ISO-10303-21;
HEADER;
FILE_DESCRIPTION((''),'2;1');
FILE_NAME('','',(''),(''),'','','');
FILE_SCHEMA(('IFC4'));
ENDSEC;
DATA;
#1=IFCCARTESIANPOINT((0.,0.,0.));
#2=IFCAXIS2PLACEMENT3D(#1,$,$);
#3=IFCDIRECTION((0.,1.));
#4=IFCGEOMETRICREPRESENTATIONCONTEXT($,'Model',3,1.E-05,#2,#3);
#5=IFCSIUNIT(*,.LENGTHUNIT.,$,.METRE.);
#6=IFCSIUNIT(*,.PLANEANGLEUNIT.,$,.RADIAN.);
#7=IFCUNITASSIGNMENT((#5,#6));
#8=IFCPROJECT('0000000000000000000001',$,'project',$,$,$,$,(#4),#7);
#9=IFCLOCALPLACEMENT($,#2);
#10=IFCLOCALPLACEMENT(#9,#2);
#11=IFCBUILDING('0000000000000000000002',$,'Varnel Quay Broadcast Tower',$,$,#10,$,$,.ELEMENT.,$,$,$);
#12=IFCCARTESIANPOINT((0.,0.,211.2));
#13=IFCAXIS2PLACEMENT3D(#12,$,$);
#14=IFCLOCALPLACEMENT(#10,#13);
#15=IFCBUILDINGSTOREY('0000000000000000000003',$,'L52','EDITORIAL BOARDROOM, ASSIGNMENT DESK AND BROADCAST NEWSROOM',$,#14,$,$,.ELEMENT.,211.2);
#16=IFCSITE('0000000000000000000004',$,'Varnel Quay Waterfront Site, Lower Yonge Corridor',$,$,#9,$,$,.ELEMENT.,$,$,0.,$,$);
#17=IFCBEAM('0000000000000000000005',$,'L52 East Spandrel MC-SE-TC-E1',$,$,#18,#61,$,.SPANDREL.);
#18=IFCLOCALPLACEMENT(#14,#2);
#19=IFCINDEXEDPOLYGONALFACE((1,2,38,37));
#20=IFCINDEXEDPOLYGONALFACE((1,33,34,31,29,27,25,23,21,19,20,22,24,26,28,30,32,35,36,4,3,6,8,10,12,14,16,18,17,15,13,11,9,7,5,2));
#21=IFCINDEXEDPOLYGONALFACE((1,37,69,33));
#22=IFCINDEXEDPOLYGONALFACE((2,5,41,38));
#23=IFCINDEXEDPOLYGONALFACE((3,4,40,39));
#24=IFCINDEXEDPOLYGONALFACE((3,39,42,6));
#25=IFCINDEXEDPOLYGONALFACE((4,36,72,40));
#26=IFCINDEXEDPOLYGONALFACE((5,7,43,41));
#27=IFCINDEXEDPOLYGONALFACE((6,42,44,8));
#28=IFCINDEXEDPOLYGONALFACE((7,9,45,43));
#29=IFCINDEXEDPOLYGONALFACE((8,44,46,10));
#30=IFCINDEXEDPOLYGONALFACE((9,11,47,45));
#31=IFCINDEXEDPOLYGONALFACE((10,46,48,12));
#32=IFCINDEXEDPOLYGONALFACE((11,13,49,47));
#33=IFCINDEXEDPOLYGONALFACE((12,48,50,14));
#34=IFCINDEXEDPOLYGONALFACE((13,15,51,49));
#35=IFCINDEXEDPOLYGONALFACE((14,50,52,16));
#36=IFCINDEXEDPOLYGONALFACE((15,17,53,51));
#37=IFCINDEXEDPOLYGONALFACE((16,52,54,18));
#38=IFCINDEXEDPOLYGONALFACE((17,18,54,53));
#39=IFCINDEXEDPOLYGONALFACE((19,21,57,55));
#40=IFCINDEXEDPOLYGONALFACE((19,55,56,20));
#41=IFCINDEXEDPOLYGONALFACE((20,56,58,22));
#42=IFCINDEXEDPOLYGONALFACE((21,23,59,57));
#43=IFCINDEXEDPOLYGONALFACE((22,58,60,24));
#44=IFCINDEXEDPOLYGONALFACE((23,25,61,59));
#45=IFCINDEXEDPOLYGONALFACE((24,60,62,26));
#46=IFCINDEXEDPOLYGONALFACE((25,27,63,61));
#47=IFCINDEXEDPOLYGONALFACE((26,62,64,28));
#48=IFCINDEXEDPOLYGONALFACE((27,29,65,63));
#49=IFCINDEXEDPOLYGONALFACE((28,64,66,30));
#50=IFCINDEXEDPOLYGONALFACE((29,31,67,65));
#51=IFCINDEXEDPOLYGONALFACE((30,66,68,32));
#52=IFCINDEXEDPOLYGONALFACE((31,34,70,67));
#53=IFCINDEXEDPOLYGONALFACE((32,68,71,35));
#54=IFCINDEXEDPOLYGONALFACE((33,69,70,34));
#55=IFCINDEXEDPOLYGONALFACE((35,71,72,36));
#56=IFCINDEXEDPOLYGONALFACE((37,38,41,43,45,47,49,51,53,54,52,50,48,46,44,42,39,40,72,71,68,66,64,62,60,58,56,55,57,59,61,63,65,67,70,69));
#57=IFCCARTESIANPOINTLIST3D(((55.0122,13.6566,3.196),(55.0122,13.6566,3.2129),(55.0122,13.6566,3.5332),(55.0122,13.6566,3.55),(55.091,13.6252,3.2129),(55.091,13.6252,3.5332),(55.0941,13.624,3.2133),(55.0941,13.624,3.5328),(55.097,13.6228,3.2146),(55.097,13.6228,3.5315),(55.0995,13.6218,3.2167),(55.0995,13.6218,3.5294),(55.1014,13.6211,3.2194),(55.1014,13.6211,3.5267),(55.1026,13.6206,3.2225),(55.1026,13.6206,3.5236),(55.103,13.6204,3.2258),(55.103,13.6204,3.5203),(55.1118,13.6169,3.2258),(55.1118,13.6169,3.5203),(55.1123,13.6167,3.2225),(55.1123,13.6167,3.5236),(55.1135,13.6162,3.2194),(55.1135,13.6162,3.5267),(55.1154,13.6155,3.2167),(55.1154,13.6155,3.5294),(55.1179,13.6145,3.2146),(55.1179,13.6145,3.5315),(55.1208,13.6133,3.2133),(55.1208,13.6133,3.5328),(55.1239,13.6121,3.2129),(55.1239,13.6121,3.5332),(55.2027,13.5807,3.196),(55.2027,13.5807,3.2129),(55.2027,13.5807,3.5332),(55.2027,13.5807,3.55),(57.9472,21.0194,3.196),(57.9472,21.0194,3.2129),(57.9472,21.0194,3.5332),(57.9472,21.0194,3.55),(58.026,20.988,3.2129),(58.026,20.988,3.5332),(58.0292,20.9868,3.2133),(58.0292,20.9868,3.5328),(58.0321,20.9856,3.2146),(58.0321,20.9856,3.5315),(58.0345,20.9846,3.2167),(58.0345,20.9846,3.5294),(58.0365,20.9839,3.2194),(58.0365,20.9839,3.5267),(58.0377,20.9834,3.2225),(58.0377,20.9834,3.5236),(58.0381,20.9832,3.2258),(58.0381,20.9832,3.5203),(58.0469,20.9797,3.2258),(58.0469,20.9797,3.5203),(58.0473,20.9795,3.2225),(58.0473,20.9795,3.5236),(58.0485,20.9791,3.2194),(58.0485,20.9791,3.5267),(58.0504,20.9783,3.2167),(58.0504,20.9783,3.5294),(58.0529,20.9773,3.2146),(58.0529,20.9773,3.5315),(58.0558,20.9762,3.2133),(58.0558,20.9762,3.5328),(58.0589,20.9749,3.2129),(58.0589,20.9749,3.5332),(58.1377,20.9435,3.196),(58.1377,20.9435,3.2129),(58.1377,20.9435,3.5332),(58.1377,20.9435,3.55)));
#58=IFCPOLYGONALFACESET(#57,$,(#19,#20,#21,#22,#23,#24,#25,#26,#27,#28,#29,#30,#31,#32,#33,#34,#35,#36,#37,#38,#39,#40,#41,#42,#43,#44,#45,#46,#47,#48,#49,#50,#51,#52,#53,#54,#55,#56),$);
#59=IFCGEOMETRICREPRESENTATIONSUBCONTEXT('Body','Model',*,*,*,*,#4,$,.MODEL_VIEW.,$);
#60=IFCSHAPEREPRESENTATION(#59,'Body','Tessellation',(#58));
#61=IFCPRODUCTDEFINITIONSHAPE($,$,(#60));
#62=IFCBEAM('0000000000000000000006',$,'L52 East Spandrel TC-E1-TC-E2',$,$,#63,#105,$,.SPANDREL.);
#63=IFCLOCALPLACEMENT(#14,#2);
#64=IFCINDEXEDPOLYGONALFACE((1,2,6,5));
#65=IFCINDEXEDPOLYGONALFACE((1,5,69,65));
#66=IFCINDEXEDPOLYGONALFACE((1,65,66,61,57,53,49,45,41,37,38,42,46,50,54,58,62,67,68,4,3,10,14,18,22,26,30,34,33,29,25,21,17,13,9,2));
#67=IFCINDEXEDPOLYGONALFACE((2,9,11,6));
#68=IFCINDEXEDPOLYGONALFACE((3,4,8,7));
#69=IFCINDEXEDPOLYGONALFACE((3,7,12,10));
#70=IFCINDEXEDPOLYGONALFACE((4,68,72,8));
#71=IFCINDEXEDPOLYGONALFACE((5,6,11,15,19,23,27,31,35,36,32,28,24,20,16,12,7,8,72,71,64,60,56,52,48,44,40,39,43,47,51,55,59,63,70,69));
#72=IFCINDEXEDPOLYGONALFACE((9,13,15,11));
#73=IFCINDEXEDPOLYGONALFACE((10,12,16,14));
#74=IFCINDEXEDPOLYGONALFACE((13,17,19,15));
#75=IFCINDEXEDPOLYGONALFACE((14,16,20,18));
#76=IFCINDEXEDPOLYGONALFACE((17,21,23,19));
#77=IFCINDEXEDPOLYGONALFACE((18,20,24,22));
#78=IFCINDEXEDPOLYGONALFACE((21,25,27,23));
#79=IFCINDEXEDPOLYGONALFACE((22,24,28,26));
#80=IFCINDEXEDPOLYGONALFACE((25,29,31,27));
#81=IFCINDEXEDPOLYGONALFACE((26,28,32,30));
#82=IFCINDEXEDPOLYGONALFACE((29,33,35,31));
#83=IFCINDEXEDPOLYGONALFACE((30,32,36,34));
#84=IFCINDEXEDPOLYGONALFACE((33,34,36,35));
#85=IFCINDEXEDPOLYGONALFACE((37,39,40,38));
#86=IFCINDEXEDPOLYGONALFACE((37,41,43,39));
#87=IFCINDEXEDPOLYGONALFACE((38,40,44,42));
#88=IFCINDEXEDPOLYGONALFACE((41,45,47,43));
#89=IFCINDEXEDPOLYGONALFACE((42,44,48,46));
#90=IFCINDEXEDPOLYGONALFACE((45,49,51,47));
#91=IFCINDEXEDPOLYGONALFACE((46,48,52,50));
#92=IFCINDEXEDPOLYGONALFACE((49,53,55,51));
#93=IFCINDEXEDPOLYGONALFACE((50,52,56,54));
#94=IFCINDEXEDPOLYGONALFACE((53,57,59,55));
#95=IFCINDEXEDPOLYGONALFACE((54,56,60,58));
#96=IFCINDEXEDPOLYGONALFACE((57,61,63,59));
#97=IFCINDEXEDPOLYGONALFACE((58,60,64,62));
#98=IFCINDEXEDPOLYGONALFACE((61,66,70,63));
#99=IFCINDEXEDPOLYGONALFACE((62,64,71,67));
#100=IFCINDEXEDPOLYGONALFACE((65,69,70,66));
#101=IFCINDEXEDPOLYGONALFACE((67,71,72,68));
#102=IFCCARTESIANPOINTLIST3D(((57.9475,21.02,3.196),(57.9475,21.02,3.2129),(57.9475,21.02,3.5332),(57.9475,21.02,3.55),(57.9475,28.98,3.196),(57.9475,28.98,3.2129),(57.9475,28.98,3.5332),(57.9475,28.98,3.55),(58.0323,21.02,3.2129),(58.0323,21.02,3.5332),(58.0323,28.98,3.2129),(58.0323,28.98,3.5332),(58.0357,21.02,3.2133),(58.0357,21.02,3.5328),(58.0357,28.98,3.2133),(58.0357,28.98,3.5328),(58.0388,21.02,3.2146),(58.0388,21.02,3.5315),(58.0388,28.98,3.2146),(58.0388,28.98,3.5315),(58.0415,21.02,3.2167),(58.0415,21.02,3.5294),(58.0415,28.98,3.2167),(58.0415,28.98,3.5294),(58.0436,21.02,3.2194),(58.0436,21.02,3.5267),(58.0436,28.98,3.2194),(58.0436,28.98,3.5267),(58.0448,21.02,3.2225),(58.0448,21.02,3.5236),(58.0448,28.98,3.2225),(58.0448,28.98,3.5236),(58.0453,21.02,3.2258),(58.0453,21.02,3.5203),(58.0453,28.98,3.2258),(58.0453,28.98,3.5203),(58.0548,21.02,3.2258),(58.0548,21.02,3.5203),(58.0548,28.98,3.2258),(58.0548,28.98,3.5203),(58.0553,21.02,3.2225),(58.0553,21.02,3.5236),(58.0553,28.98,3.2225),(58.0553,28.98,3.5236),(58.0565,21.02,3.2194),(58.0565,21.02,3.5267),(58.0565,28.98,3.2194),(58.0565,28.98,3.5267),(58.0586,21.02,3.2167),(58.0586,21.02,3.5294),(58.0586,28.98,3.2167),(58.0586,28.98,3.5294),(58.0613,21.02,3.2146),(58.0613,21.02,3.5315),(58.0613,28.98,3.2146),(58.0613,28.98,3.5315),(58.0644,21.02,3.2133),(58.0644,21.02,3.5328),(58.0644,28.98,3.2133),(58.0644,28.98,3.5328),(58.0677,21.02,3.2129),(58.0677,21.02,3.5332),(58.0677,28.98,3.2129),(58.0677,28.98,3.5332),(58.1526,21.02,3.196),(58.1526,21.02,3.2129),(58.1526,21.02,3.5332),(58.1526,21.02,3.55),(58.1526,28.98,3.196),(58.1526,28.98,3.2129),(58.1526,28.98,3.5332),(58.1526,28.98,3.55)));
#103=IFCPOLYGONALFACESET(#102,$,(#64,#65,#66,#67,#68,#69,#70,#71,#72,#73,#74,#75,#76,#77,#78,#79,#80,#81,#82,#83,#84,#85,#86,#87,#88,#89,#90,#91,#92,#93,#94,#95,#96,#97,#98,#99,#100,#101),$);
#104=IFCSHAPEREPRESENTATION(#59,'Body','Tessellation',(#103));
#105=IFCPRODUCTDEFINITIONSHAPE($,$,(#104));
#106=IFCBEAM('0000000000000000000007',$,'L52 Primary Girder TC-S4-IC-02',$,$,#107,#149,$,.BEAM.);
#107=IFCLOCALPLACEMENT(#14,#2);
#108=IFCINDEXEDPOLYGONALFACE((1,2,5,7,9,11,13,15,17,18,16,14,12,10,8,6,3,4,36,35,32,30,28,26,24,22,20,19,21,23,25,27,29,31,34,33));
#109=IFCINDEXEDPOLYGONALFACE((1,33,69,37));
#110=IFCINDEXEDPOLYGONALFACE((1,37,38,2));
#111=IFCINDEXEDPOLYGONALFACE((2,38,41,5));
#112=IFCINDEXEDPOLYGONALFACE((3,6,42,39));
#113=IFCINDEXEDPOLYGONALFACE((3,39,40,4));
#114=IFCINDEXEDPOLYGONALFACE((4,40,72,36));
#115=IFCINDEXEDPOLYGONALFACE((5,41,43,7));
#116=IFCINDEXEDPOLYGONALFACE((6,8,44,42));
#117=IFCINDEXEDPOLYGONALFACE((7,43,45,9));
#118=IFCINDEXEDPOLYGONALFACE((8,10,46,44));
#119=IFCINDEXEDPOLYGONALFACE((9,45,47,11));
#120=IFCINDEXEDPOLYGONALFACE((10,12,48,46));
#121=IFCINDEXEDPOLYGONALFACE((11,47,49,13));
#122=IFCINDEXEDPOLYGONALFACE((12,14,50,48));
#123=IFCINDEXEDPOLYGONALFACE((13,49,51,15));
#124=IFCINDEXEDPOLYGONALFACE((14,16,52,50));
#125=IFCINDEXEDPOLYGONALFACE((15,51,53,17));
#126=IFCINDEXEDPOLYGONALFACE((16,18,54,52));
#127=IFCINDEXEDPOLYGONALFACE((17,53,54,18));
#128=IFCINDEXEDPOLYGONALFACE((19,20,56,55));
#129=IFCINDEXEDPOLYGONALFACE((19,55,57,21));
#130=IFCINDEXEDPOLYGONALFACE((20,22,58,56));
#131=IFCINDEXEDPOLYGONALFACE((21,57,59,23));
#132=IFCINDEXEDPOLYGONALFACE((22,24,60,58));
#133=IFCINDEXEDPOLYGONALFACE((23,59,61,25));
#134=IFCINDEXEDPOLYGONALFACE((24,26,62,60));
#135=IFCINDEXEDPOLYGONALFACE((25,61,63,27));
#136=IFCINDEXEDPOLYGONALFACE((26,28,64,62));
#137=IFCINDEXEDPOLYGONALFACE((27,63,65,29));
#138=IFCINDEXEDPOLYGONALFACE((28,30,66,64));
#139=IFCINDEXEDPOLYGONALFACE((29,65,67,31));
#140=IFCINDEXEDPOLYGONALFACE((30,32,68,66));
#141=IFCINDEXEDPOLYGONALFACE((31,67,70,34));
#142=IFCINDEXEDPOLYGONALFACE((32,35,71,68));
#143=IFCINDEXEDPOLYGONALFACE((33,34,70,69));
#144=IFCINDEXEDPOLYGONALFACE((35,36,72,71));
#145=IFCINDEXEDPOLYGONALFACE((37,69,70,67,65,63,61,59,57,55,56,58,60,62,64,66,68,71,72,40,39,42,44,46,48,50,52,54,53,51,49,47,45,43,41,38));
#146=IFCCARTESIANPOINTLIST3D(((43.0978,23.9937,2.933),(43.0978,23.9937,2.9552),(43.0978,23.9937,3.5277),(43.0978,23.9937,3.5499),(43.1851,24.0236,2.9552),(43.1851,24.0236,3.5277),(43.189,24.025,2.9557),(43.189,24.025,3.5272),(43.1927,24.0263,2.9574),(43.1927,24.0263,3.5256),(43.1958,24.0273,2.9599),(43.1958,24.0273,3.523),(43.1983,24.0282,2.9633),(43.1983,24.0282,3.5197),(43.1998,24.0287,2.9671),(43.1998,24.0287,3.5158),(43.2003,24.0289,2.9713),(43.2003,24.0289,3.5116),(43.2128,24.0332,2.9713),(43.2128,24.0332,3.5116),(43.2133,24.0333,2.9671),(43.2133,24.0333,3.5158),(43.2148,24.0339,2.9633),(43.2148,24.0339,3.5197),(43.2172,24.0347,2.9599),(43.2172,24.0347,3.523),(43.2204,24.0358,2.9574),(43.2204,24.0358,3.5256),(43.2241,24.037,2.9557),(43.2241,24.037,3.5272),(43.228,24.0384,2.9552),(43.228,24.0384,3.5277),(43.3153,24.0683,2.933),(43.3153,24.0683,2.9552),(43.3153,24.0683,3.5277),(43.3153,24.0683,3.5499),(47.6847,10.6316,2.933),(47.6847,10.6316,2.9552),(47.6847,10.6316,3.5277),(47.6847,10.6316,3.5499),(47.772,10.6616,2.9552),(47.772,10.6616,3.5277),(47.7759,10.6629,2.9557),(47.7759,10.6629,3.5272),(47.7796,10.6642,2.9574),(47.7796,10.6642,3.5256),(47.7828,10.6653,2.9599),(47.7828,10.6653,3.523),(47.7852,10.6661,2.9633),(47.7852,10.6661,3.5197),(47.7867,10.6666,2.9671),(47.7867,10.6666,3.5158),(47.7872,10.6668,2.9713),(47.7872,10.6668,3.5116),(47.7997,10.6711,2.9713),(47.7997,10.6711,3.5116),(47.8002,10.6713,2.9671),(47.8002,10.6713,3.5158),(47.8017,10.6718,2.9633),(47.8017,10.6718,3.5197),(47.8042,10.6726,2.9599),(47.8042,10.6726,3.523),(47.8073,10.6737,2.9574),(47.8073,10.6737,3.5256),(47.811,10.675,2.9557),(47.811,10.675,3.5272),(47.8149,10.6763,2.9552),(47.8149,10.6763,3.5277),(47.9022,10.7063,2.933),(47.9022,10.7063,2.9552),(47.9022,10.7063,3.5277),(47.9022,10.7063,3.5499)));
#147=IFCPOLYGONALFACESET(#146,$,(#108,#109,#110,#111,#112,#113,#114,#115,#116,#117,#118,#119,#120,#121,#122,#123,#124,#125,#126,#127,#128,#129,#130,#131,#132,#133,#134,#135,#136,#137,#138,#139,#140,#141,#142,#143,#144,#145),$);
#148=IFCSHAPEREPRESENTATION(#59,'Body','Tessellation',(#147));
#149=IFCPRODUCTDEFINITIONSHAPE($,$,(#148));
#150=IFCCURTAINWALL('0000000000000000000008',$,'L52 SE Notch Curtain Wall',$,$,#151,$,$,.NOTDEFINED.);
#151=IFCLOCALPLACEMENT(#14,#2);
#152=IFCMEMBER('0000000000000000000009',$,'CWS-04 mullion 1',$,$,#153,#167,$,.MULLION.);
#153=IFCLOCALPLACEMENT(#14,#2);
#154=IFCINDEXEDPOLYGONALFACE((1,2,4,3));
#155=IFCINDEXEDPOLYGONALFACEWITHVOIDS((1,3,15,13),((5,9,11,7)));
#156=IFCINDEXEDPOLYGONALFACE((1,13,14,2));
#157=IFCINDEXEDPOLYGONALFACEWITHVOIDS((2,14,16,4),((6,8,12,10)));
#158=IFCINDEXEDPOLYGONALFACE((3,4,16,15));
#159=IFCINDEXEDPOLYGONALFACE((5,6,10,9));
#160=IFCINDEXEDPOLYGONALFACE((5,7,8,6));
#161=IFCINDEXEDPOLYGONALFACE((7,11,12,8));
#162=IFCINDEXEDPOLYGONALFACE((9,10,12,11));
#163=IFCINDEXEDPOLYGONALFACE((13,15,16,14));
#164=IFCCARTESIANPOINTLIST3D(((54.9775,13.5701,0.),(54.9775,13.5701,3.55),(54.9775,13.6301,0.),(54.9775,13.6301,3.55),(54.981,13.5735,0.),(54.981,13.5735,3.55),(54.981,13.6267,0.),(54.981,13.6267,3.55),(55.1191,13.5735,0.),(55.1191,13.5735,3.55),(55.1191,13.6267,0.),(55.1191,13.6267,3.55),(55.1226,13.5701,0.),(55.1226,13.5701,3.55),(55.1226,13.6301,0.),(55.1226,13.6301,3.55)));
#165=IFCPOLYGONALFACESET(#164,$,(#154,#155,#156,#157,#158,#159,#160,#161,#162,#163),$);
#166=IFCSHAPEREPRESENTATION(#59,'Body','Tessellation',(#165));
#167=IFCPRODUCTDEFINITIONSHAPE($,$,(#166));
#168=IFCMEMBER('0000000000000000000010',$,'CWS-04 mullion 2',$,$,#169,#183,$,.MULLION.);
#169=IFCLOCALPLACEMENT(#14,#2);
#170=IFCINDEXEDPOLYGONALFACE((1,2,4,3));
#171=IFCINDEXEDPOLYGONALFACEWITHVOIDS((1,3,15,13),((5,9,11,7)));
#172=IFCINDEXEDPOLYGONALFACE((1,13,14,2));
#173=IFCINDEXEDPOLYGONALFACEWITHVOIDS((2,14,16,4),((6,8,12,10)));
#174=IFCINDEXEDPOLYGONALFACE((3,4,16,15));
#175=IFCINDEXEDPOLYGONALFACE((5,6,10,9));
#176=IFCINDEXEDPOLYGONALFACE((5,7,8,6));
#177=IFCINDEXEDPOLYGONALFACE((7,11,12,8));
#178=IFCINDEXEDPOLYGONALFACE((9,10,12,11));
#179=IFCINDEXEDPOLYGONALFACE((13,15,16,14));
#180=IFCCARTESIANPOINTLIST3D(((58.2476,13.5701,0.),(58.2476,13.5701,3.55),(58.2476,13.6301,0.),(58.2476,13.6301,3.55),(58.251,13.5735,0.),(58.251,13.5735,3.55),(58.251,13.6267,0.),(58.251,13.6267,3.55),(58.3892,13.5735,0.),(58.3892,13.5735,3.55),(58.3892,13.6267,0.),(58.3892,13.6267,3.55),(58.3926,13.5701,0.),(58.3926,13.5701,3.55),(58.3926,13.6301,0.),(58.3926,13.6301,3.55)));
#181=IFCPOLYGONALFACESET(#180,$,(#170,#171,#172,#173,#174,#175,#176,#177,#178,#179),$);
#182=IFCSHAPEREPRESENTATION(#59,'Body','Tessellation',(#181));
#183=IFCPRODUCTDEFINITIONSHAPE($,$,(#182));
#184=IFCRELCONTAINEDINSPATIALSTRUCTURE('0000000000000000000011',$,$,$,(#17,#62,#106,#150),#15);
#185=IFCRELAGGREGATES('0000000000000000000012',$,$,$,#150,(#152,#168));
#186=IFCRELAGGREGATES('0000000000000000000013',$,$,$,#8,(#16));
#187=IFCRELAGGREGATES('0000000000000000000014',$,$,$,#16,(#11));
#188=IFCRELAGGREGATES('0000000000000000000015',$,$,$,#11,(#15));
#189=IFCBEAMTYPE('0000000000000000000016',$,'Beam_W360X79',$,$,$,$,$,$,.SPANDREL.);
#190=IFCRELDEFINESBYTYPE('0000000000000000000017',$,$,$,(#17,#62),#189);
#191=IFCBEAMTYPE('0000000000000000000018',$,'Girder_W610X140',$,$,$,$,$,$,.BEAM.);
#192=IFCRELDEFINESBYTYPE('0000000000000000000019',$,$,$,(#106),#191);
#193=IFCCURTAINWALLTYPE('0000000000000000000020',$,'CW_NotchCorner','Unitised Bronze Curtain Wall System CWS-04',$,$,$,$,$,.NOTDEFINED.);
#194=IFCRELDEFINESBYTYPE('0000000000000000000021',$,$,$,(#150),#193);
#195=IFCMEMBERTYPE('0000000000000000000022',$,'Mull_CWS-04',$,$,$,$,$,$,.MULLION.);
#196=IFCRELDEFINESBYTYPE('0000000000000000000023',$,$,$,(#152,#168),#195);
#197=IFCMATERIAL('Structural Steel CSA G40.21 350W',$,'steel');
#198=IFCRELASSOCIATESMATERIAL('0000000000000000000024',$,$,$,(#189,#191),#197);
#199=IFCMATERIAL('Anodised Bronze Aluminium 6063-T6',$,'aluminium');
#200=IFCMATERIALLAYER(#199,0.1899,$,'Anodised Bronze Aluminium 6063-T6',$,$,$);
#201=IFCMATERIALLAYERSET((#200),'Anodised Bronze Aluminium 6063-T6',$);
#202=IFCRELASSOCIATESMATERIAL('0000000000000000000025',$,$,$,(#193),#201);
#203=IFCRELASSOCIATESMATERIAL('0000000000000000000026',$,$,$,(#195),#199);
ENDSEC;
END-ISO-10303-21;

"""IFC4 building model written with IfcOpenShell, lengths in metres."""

from ifc_helpers import new_model, si_unit, direction, frame, origin, origin_2d, place, context, subcontext, project, spatial, hollow_rectangle, i_section, extrude, source, transform, mapped, material, layer, layer_set, material_profile, profile_set, type_object, type_shapes, element, aggregate, save


model = new_model("IFC4")

# Units and contexts
model_context = context("Model", 3, precision=1e-05, world=origin(), true_north=direction((0.0, 1.0)))
body_context = subcontext(model_context, "Body", "Model", "MODEL_VIEW")
ifc_project = project(units=[si_unit("LENGTHUNIT", "METRE"), si_unit("PLANEANGLEUNIT", "RADIAN")], contexts=[model_context])

# Site, building, storey
site_placement = place(None, origin())
site = spatial("IfcSite", under=ifc_project, at=site_placement, Name="Varnel Quay Waterfront Site, Lower Yonge Corridor", CompositionType="ELEMENT", RefElevation=0.0)
building_placement = place(site_placement, origin())
building = spatial("IfcBuilding", under=site, at=building_placement, Name="Varnel Quay Broadcast Tower", CompositionType="ELEMENT")
storey_placement = place(building_placement, frame((0.0, 0.0, 211.2)))
storey = spatial("IfcBuildingStorey", under=building, at=storey_placement, Name="L52", Description="EDITORIAL BOARDROOM, ASSIGNMENT DESK AND BROADCAST NEWSROOM", CompositionType="ELEMENT", Elevation=211.2)

# Shared definitions
ifc_material_1 = material(Name="Structural Steel CSA G40.21 350W", Category="steel")

# Beams
ifc_material_profile_1 = material_profile(ifc_material_1, i_section(OverallWidth=0.2051, OverallDepth=0.354, WebThickness=0.0095, FlangeThickness=0.0168, FilletRadius=0.0129, at=origin_2d()), Name="W360X79")
ifc_profile_set_1 = profile_set([ifc_material_profile_1], Name="Structural Steel CSA G40.21 350W")
beam_type_1 = type_object("IfcBeamType", Name="Beam_W360X79", PredefinedType="SPANDREL", material=ifc_profile_set_1)
shared_shape_1 = source(origin(), body_context, "Body", "SweptSolid", [
    extrude(i_section(OverallWidth=0.2051, OverallDepth=0.354, WebThickness=0.0095, FlangeThickness=0.0168, FilletRadius=0.0129, at=origin_2d()), origin(), (0.0, 0.0, 1.0), 7.9263),
])
beam_1_placement = place(storey_placement, frame((55.1074, 13.6187, 3.373), z_axis=(0.370296, 0.928914, 0.0), x_axis=(-0.928914, 0.370296, 0.0)))
element("IfcBeam", 1, at=beam_1_placement, inside=storey, type_object=beam_type_1, Name="L52 East Spandrel MC-SE-TC-E1", PredefinedType="SPANDREL", context=body_context, shape_type="MappedRepresentation", body=[
    mapped(shared_shape_1, transform((0.0, 0.0, 0.0), x_axis=(1.0, 0.0, 0.0), y_axis=(0.0, 1.0, 0.0), z_axis=(0.0, 0.0, 1.0), scale=1.0)),
])
shared_shape_2 = source(origin(), body_context, "Body", "SweptSolid", [
    extrude(i_section(OverallWidth=0.2051, OverallDepth=0.354, WebThickness=0.0095, FlangeThickness=0.0168, FilletRadius=0.0129, at=origin_2d()), origin(), (0.0, 0.0, 1.0), 7.96),
])
beam_2_placement = place(storey_placement, frame((58.05, 21.02, 3.373), z_axis=(0.0, 1.0, 0.0), x_axis=(-1.0, 0.0, 0.0)))
element("IfcBeam", 2, at=beam_2_placement, inside=storey, type_object=beam_type_1, Name="L52 East Spandrel TC-E1-TC-E2", PredefinedType="SPANDREL", context=body_context, shape_type="MappedRepresentation", body=[
    mapped(shared_shape_2, transform((0.0, 0.0, 0.0), x_axis=(1.0, 0.0, 0.0), y_axis=(0.0, 1.0, 0.0), z_axis=(0.0, 0.0, 1.0), scale=1.0)),
])
ifc_material_profile_2 = material_profile(ifc_material_1, i_section(OverallWidth=0.23, OverallDepth=0.6169, WebThickness=0.0132, FlangeThickness=0.0222, FilletRadius=0.0161, at=origin_2d()), Name="W610X140")
ifc_profile_set_2 = profile_set([ifc_material_profile_2], Name="Structural Steel CSA G40.21 350W")
beam_type_2 = type_object("IfcBeamType", Name="Girder_W610X140", PredefinedType="BEAM", material=ifc_profile_set_2)
shared_shape_3 = source(origin(), body_context, "Body", "SweptSolid", [
    extrude(i_section(OverallWidth=0.23, OverallDepth=0.6169, WebThickness=0.0132, FlangeThickness=0.0222, FilletRadius=0.0161, at=origin_2d()), origin(), (0.0, 0.0, 1.0), 14.1274),
])
type_shapes(beam_type_2, [shared_shape_3])
beam_3_placement = place(storey_placement, frame((47.7935, 10.6689, 3.2415), z_axis=(-0.324681, 0.945823, 0.0), x_axis=(-0.945823, -0.324681, 0.0)))
element("IfcBeam", 3, at=beam_3_placement, inside=storey, type_object=beam_type_2, Name="L52 Primary Girder TC-S4-IC-02", PredefinedType="BEAM", context=body_context, shape_type="MappedRepresentation", body=[
    mapped(shared_shape_3, transform((0.0, 0.0, 0.0), x_axis=(1.0, 0.0, 0.0), y_axis=(0.0, 1.0, 0.0), z_axis=(0.0, 0.0, 1.0), scale=1.0)),
])

# Curtain wall, members
ifc_material_2 = material(Name="Anodised Bronze Aluminium 6063-T6", Category="aluminium")
ifc_layer_1 = layer(ifc_material_2, 0.1899, Name="Anodised Bronze Aluminium 6063-T6")
ifc_layer_set_1 = layer_set([ifc_layer_1], Name="Anodised Bronze Aluminium 6063-T6")
curtain_wall_type_1 = type_object("IfcCurtainWallType", Name="CW_NotchCorner", Description="Unitised Bronze Curtain Wall System CWS-04", PredefinedType="NOTDEFINED", material=ifc_layer_set_1)
curtain_wall_1_placement = place(storey_placement, origin())
curtain_wall_1 = element("IfcCurtainWall", 4, at=curtain_wall_1_placement, inside=storey, type_object=curtain_wall_type_1, Name="L52 SE Notch Curtain Wall", PredefinedType="NOTDEFINED")
ifc_material_profile_3 = material_profile(ifc_material_2, hollow_rectangle(XDim=0.0601, YDim=0.145, WallThickness=0.0034, at=origin_2d()), Name="ALU60X145X3.5")
ifc_profile_set_3 = profile_set([ifc_material_profile_3], Name="Anodised Bronze Aluminium 6063-T6")
member_type_1 = type_object("IfcMemberType", Name="Mull_CWS-04", PredefinedType="MULLION", material=ifc_profile_set_3)
shared_shape_4 = source(origin(), body_context, "Body", "SweptSolid", [
    extrude(hollow_rectangle(XDim=0.0601, YDim=0.145, WallThickness=0.0034, at=origin_2d()), origin(), (0.0, 0.0, 1.0), 3.55),
])
type_shapes(member_type_1, [shared_shape_4])
member_1_placement = place(storey_placement, frame((55.05, 13.6001, 0.0), z_axis=(0.0, 0.0, 1.0), x_axis=(0.0, 1.0, 0.0)))
member_1 = element("IfcMember", 5, at=member_1_placement, type_object=member_type_1, Name="CWS-04 mullion 1", PredefinedType="MULLION", context=body_context, shape_type="MappedRepresentation", body=[
    mapped(shared_shape_4, transform((0.0, 0.0, 0.0), x_axis=(1.0, 0.0, 0.0), y_axis=(0.0, 1.0, 0.0), z_axis=(0.0, 0.0, 1.0), scale=1.0)),
])
member_2_placement = place(storey_placement, frame((58.3201, 13.6001, 0.0), z_axis=(0.0, 0.0, 1.0), x_axis=(0.0, 1.0, 0.0)))
member_2 = element("IfcMember", 6, at=member_2_placement, type_object=member_type_1, Name="CWS-04 mullion 2", PredefinedType="MULLION", context=body_context, shape_type="MappedRepresentation", body=[
    mapped(shared_shape_4, transform((0.0, 0.0, 0.0), x_axis=(1.0, 0.0, 0.0), y_axis=(0.0, 1.0, 0.0), z_axis=(0.0, 0.0, 1.0), scale=1.0)),
])

aggregate(curtain_wall_1, [member_1, member_2])

save(model, "model.ifc")
